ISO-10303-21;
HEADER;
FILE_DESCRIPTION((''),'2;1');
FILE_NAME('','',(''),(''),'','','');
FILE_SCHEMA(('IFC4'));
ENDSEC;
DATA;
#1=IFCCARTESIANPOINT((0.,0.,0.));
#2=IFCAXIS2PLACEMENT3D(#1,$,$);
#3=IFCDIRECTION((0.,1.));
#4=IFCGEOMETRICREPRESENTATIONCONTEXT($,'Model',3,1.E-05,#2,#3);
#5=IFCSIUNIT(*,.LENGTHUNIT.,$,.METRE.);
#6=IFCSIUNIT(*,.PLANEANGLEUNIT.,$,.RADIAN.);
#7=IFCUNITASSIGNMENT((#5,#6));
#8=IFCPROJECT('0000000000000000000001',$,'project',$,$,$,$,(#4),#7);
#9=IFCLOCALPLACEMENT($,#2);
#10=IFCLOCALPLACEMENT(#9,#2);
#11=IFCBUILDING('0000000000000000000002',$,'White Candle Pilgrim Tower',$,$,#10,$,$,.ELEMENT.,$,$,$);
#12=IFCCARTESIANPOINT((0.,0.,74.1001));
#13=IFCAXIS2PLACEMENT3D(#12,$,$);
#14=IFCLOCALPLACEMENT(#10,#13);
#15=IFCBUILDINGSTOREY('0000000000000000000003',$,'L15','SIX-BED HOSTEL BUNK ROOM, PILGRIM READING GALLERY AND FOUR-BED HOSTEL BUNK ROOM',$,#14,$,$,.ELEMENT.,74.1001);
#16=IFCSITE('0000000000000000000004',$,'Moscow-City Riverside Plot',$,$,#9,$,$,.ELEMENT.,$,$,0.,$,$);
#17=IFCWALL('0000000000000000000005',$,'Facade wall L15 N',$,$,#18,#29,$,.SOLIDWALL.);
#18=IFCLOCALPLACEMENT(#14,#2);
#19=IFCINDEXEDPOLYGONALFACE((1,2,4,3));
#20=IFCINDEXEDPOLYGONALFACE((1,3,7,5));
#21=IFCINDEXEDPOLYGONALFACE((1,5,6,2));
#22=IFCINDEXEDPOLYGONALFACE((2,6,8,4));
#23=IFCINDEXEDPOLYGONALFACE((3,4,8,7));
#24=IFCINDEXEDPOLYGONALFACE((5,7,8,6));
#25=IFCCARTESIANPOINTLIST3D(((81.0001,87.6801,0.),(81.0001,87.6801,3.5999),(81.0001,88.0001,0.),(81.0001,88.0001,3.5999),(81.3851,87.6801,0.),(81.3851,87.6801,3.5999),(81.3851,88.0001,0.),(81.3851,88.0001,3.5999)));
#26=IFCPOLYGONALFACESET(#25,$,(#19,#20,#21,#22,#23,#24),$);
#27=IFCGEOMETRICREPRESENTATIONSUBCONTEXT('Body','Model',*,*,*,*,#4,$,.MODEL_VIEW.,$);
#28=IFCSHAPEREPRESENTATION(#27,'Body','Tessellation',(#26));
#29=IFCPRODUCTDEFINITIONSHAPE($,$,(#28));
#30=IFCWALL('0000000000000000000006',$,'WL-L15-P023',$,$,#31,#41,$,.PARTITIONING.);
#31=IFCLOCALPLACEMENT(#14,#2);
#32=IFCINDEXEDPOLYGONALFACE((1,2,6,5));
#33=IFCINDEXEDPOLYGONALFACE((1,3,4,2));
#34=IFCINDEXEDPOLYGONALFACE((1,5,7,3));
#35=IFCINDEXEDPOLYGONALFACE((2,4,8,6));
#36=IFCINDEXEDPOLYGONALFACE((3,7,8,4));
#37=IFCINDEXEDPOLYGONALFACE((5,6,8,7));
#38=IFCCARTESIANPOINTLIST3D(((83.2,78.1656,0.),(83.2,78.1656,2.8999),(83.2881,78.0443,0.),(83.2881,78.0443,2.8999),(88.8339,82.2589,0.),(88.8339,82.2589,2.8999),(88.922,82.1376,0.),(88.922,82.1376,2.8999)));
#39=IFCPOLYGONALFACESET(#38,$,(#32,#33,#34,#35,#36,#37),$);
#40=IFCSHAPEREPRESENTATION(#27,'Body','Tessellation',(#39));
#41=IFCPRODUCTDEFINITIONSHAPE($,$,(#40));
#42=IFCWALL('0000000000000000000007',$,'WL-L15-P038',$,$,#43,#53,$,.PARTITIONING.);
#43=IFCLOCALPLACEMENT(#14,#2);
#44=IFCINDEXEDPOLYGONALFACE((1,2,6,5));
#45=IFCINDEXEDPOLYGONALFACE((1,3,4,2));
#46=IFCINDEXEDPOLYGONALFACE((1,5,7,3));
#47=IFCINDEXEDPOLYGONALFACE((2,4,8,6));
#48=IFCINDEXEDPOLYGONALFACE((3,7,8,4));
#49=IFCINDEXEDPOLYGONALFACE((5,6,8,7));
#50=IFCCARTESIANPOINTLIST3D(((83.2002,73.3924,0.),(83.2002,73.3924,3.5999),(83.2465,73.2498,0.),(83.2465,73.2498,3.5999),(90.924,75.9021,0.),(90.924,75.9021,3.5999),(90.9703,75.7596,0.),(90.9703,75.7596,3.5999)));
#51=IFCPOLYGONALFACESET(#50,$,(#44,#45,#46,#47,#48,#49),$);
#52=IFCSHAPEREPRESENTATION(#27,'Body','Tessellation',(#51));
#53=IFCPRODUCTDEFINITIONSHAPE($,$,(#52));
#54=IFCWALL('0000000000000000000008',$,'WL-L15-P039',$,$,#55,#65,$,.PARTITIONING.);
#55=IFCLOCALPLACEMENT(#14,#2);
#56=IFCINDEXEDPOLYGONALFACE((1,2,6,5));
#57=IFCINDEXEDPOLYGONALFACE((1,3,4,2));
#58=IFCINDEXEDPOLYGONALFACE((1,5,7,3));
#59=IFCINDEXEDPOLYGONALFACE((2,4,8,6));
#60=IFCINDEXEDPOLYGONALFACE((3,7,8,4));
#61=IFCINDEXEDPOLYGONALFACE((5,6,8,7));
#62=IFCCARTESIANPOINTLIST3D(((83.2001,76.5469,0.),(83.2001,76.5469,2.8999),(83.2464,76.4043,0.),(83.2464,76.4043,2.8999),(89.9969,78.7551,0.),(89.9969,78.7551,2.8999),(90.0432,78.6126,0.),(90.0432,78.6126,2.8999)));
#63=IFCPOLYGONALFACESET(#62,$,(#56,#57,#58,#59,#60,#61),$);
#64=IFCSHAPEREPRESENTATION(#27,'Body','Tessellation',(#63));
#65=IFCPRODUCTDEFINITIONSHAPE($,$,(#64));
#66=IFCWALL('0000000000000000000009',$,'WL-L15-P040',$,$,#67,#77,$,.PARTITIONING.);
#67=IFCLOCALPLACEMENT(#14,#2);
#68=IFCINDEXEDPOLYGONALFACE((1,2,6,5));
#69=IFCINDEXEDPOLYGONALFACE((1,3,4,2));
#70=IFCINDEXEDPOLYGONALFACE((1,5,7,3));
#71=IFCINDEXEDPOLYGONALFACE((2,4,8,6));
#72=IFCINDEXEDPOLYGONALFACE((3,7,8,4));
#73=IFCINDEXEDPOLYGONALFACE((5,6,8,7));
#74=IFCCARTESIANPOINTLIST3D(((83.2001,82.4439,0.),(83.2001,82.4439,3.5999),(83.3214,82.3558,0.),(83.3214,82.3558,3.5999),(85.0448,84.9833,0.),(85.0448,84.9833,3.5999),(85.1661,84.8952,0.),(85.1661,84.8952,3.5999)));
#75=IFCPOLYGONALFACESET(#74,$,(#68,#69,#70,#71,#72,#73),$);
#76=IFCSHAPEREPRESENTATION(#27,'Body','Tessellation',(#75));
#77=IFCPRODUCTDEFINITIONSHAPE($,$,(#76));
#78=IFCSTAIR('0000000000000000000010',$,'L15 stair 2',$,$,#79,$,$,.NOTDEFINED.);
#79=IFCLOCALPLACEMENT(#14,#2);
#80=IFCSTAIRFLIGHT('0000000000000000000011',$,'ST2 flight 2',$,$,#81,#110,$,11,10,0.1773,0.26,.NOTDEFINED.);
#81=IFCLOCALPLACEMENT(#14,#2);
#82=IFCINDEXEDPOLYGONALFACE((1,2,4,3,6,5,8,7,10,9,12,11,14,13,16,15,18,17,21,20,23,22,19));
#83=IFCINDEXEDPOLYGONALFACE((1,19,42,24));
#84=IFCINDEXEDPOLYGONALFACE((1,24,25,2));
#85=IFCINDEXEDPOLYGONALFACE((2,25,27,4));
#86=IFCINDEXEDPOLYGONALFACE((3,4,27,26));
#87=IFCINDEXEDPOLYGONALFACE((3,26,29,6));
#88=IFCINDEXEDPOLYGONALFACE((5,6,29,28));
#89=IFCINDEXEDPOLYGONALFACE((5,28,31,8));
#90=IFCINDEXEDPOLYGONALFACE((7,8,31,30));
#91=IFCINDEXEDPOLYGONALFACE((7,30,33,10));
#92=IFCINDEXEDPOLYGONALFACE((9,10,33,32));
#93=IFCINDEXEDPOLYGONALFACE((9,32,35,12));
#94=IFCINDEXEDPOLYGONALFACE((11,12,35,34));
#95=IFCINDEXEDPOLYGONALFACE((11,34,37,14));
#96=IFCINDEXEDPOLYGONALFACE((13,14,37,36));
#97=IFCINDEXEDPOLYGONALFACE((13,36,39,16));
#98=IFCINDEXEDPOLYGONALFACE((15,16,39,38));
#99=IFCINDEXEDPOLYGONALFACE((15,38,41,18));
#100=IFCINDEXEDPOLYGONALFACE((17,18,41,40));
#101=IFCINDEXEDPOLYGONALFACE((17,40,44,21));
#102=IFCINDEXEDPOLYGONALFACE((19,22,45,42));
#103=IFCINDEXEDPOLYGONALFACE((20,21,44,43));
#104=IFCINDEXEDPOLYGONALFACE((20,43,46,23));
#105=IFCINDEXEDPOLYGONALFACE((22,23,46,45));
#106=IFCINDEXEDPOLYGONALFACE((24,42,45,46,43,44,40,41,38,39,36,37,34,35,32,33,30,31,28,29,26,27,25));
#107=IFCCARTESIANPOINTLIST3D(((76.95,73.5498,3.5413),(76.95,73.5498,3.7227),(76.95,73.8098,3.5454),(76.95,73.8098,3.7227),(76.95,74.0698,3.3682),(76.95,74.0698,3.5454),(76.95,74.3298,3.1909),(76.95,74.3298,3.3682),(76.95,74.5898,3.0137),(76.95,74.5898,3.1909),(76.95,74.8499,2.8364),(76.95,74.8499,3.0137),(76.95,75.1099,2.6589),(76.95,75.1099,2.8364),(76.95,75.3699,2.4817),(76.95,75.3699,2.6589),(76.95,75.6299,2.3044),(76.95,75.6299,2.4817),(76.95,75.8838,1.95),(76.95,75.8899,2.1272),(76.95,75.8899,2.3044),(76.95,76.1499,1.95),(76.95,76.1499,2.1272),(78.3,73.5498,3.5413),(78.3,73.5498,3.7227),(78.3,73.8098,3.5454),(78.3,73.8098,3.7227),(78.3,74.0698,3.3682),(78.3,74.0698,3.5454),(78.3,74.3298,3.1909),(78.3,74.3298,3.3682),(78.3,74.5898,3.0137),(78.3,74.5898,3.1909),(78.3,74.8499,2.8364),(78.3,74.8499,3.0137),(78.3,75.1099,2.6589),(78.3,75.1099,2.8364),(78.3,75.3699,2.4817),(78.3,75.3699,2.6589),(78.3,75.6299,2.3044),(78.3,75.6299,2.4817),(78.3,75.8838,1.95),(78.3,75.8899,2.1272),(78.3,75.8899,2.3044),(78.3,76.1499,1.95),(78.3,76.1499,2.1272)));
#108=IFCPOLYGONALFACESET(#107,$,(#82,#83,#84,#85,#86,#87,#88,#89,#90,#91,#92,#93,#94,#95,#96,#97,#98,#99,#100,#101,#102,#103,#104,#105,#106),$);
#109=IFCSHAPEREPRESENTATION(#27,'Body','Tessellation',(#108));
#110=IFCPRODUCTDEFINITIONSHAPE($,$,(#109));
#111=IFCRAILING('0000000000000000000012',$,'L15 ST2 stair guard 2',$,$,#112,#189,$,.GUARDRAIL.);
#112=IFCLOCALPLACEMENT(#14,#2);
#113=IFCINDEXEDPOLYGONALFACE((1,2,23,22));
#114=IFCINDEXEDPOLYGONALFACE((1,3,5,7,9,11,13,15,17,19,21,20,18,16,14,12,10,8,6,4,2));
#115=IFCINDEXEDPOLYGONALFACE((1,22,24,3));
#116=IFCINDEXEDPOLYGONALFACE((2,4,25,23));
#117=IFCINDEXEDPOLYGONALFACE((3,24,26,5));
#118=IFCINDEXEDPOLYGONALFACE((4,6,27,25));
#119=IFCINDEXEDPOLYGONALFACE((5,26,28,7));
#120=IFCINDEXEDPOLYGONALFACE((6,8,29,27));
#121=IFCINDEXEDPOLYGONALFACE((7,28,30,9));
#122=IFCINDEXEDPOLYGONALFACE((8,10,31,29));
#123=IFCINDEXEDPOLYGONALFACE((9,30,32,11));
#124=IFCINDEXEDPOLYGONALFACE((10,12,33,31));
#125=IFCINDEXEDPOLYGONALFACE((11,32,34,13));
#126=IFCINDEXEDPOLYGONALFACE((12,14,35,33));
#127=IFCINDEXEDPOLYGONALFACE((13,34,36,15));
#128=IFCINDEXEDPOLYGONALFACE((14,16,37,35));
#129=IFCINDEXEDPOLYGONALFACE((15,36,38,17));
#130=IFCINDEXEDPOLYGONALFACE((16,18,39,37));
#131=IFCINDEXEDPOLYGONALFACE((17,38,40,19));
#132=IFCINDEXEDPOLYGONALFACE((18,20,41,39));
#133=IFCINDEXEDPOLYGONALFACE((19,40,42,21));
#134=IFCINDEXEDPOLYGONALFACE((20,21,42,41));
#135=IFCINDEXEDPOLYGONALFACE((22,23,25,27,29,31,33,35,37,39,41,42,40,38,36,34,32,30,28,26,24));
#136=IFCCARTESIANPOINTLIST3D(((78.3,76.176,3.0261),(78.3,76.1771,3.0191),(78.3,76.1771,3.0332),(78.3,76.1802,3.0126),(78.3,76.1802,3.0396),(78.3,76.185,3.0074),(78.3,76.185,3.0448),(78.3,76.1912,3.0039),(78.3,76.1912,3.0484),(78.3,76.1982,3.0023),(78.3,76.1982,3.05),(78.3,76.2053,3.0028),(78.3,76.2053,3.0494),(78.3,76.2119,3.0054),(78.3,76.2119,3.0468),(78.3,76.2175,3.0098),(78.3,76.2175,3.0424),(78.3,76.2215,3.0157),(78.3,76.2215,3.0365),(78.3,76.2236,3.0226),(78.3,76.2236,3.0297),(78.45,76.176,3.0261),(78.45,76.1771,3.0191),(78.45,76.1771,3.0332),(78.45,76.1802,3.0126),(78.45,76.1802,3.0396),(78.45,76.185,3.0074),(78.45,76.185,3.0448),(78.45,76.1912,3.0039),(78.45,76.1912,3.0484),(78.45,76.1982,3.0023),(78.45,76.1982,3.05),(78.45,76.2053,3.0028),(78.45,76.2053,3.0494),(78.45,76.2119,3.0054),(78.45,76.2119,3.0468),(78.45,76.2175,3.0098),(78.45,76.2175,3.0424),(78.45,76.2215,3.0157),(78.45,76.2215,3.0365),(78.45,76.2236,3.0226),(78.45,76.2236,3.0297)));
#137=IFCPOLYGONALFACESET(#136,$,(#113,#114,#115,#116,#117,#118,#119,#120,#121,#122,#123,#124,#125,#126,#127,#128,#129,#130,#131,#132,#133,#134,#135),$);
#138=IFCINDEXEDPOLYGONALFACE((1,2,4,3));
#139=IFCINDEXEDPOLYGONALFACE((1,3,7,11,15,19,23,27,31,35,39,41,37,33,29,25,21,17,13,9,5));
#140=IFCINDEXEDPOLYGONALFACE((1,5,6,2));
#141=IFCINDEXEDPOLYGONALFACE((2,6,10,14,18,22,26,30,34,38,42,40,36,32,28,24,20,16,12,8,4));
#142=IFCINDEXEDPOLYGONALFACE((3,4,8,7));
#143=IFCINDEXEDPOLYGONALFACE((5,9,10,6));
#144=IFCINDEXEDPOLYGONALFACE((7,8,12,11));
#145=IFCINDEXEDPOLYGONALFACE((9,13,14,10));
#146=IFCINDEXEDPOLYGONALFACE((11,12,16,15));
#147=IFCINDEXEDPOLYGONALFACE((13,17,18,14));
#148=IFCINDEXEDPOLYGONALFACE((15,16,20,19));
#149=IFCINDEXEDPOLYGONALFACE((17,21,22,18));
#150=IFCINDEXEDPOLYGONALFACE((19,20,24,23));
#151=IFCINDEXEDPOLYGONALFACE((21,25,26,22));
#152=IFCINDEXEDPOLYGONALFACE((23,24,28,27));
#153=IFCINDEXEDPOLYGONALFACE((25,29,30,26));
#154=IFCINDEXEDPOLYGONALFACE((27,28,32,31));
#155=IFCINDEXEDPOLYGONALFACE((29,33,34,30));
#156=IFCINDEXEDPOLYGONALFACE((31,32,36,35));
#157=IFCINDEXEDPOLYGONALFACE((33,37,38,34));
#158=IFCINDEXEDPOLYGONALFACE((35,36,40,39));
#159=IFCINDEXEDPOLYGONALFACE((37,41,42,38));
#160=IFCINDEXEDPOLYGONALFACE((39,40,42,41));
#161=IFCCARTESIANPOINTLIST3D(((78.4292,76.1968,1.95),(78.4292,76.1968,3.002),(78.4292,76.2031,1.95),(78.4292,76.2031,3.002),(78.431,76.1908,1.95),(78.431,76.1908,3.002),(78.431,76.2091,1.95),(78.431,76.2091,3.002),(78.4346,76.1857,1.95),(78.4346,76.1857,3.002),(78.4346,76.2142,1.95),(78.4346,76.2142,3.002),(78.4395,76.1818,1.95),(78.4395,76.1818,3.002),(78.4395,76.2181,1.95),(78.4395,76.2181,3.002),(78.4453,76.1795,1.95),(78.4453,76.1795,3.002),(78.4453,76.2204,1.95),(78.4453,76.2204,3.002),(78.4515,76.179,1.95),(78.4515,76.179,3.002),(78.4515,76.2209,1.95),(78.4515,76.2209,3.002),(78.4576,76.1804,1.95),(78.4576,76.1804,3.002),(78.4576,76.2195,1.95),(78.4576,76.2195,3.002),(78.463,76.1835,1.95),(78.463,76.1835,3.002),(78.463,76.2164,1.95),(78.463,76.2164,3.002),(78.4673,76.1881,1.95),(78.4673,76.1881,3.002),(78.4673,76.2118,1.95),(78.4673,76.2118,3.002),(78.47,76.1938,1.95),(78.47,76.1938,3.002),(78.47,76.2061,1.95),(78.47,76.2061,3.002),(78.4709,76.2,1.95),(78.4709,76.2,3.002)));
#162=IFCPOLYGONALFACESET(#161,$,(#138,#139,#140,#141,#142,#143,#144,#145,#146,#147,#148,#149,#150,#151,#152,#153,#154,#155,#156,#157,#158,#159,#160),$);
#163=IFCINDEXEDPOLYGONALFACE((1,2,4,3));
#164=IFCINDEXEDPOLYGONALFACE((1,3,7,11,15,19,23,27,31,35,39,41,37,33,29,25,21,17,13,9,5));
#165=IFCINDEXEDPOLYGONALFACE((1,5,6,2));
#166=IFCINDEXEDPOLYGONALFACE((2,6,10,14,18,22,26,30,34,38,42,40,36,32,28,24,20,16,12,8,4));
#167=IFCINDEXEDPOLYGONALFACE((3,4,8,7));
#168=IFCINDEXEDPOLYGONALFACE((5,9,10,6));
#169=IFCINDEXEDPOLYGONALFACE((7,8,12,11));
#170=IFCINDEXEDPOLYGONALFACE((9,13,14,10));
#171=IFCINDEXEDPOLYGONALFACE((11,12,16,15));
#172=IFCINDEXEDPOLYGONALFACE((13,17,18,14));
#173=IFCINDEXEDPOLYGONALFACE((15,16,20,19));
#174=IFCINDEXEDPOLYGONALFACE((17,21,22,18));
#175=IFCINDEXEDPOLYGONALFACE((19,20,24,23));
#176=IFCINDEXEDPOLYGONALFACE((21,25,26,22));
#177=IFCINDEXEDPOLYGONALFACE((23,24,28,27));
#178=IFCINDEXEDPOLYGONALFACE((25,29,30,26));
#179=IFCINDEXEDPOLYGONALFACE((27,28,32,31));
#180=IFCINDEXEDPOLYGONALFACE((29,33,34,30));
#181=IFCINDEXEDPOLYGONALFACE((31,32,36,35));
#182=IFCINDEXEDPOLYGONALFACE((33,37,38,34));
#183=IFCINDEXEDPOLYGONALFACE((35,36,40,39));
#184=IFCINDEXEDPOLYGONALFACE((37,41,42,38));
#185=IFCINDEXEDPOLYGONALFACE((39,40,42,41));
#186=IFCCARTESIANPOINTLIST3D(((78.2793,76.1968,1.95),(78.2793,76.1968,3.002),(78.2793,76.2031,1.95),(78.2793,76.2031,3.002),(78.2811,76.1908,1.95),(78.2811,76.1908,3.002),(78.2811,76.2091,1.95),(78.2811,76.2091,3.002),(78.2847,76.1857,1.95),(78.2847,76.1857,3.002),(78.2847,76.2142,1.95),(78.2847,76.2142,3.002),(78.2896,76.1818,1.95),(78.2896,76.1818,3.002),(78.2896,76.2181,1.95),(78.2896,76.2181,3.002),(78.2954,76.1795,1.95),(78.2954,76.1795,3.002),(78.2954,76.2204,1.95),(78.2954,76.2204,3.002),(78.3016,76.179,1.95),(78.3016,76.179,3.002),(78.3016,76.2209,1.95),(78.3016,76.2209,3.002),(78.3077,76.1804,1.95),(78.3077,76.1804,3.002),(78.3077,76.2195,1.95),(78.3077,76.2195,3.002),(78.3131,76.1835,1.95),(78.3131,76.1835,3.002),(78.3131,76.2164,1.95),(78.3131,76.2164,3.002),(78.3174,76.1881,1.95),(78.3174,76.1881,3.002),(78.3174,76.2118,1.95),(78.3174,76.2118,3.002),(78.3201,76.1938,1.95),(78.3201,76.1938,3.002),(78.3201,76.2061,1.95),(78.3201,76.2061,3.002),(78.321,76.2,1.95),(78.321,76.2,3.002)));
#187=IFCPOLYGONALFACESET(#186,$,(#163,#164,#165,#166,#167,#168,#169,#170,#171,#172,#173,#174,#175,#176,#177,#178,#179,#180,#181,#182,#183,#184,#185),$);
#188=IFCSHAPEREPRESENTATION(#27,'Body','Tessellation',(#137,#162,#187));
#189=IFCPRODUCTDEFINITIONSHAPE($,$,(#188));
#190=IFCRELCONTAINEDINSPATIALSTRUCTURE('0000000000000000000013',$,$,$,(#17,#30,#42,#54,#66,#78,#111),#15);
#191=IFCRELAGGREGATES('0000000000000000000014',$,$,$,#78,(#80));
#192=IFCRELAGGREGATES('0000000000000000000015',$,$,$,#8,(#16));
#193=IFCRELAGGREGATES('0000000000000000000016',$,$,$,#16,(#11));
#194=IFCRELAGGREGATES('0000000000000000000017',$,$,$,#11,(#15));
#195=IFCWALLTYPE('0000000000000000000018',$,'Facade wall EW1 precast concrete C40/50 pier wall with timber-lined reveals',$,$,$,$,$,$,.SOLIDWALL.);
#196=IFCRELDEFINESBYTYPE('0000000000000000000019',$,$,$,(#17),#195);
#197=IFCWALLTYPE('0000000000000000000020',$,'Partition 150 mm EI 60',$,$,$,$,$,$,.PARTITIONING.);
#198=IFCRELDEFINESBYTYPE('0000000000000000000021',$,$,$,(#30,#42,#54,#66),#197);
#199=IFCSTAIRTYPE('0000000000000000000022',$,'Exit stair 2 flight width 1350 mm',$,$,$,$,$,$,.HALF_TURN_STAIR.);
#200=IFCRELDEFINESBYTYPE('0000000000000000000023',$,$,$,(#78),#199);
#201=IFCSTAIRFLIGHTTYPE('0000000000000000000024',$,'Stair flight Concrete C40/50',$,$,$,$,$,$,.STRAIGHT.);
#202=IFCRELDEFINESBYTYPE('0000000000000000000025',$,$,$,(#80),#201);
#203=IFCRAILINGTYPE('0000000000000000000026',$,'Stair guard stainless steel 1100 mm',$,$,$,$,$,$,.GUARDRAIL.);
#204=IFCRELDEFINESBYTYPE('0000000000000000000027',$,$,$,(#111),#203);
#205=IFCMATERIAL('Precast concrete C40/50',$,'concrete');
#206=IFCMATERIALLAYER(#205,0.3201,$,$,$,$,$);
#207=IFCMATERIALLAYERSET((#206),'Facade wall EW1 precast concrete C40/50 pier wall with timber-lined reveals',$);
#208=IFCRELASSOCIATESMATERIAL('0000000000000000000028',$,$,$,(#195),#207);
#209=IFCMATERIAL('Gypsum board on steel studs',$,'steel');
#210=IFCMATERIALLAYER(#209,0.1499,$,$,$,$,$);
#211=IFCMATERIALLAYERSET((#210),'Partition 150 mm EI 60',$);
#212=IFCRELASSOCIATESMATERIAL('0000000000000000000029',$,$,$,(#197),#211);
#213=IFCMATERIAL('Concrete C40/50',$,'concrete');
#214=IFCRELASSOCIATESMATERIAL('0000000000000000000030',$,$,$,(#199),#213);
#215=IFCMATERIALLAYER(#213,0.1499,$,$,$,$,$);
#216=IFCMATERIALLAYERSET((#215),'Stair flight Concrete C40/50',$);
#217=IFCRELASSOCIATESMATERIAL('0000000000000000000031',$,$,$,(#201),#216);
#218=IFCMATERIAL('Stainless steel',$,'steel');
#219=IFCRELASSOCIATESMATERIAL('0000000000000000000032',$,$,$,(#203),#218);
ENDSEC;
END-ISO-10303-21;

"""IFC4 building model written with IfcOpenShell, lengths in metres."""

from ifc_helpers import new_model, si_unit, direction, frame, frame_2d, origin, origin_2d, place, context, subcontext, project, spatial, polyline, rectangle, circle, outline, extrude, material, layer, layer_set, type_object, element, aggregate, save


model = new_model("IFC4")

# Units and contexts
model_context = context("Model", 3, precision=1e-05, world=origin(), true_north=direction((0.0, 1.0)))
body_context = subcontext(model_context, "Body", "Model", "MODEL_VIEW")
ifc_project = project(units=[si_unit("LENGTHUNIT", "METRE"), si_unit("PLANEANGLEUNIT", "RADIAN")], contexts=[model_context])

# Site, building, storey
site_placement = place(None, origin())
site = spatial("IfcSite", under=ifc_project, at=site_placement, Name="Moscow-City Riverside Plot", CompositionType="ELEMENT", RefElevation=0.0)
building_placement = place(site_placement, origin())
building = spatial("IfcBuilding", under=site, at=building_placement, Name="White Candle Pilgrim Tower", CompositionType="ELEMENT")
storey_placement = place(building_placement, frame((0.0, 0.0, 74.1001)))
storey = spatial("IfcBuildingStorey", under=building, at=storey_placement, Name="L15", Description="SIX-BED HOSTEL BUNK ROOM, PILGRIM READING GALLERY AND FOUR-BED HOSTEL BUNK ROOM", CompositionType="ELEMENT", Elevation=74.1001)

# Shared definitions
ifc_material_1 = material(Name="Gypsum board on steel studs", Category="steel")

# Shared definitions
ifc_material_2 = material(Name="Precast concrete C40/50", Category="concrete")
ifc_layer_1 = layer(ifc_material_2, 0.3201)
ifc_layer_set_1 = layer_set([ifc_layer_1], Name="Facade wall EW1 precast concrete C40/50 pier wall with timber-lined reveals")
wall_type_1 = type_object("IfcWallType", Name="Facade wall EW1 precast concrete C40/50 pier wall with timber-lined reveals", PredefinedType="SOLIDWALL", material=ifc_layer_set_1)

# Walls
wall_1_placement = place(storey_placement, frame((81.385, 87.8401, 0.0), z_axis=(0.0, 0.0, 1.0), x_axis=(-1.0, 0.0, 0.0)))
element("IfcWall", 1, at=wall_1_placement, inside=storey, type_object=wall_type_1, Name="Facade wall L15 N", PredefinedType="SOLIDWALL", context=body_context, shape_type="SweptSolid", body=[
    extrude(rectangle(XDim=0.385, YDim=0.3201, at=frame_2d((0.1924, 0.0))), origin(), (0.0, 0.0, 1.0), 3.5999),
])
ifc_layer_2 = layer(ifc_material_1, 0.1499)
ifc_layer_set_2 = layer_set([ifc_layer_2], Name="Partition 150 mm EI 60")
wall_type_2 = type_object("IfcWallType", Name="Partition 150 mm EI 60", PredefinedType="PARTITIONING", material=ifc_layer_set_2)
wall_2_placement = place(storey_placement, frame((88.8779, 82.1982, 0.0), z_axis=(0.0, 0.0, 1.0), x_axis=(-0.809012, -0.587792, 0.0)))
element("IfcWall", 2, at=wall_2_placement, inside=storey, type_object=wall_type_2, Name="WL-L15-P023", PredefinedType="PARTITIONING", context=body_context, shape_type="SweptSolid", body=[
    extrude(rectangle(XDim=6.9639, YDim=0.1499, at=frame_2d((3.4819, 0.0))), origin(), (0.0, 0.0, 1.0), 2.8999),
])
wall_3_placement = place(storey_placement, frame((90.947, 75.8308, 0.0), z_axis=(0.0, 0.0, 1.0), x_axis=(-0.951052, -0.309031, 0.0)))
element("IfcWall", 3, at=wall_3_placement, inside=storey, type_object=wall_type_2, Name="WL-L15-P038", PredefinedType="PARTITIONING", context=body_context, shape_type="SweptSolid", body=[
    extrude(rectangle(XDim=8.1213, YDim=0.1499, at=frame_2d((4.0605, 0.0))), origin(), (0.0, 0.0, 1.0), 3.5999),
])
wall_4_placement = place(storey_placement, frame((90.02, 78.6838, 0.0), z_axis=(0.0, 0.0, 1.0), x_axis=(-0.951064, -0.308993, 0.0)))
element("IfcWall", 4, at=wall_4_placement, inside=storey, type_object=wall_type_2, Name="WL-L15-P039", PredefinedType="PARTITIONING", context=body_context, shape_type="SweptSolid", body=[
    extrude(rectangle(XDim=7.1465, YDim=0.1499, at=frame_2d((3.5732, 0.0))), origin(), (0.0, 0.0, 1.0), 2.8999),
])
wall_5_placement = place(storey_placement, frame((85.1055, 84.9392, 0.0), z_axis=(0.0, 0.0, 1.0), x_axis=(-0.587746, -0.809045, 0.0)))
element("IfcWall", 5, at=wall_5_placement, inside=storey, type_object=wall_type_2, Name="WL-L15-P040", PredefinedType="PARTITIONING", context=body_context, shape_type="SweptSolid", body=[
    extrude(rectangle(XDim=3.1387, YDim=0.1499, at=frame_2d((1.5693, 0.0))), origin(), (0.0, 0.0, 1.0), 3.5999),
])

# Stair, stair flight
ifc_material_3 = material(Name="Concrete C40/50", Category="concrete")
stair_type = type_object("IfcStairType", Name="Exit stair 2 flight width 1350 mm", PredefinedType="HALF_TURN_STAIR", material=ifc_material_3)
stair_placement = place(storey_placement, origin())
stair = element("IfcStair", 6, at=stair_placement, inside=storey, type_object=stair_type, Name="L15 stair 2", PredefinedType="NOTDEFINED")
ifc_layer_3 = layer(ifc_material_3, 0.1499)
ifc_layer_set_3 = layer_set([ifc_layer_3], Name="Stair flight Concrete C40/50")
stair_flight_type = type_object("IfcStairFlightType", Name="Stair flight Concrete C40/50", PredefinedType="STRAIGHT", material=ifc_layer_set_3)
stair_flight_placement = place(storey_placement, frame((77.625, 76.1499, 1.95), z_axis=(0.0, 0.0, 1.0), x_axis=(0.0, -1.0, 0.0)))
stair_flight = element("IfcStairFlight", 7, at=stair_flight_placement, type_object=stair_flight_type, Name="ST2 flight 2", NumberOfRisers=11, NumberOfTreads=10, PredefinedType="NOTDEFINED", RiserHeight=0.1773, TreadLength=0.26, context=body_context, shape_type="SweptSolid", body=[
    extrude(outline(polyline([(0.0, 0.0), (0.0, 0.1772), (0.26, 0.1772), (0.26, 0.3545), (0.52, 0.3545), (0.52, 0.5317), (0.78, 0.5317), (0.78, 0.709), (1.04, 0.709), (1.04, 0.8865), (1.3, 0.8865), (1.3, 1.0637), (1.5601, 1.0637), (1.5601, 1.241), (1.8201, 1.241), (1.8201, 1.4182), (2.0801, 1.4182), (2.0801, 1.5955), (2.3401, 1.5955), (2.3401, 1.7727), (2.6001, 1.7727), (2.6001, 1.95), (2.6001, 1.5913), (0.2661, 0.0), (0.0, 0.0)])), frame((0.0, 0.675, 0.0), z_axis=(0.0, -1.0, 0.0), x_axis=(1.0, 0.0, 0.0)), (0.0, 0.0, 1.0), 1.3501),
])
aggregate(stair, [stair_flight])

# Railing
ifc_material_4 = material(Name="Stainless steel", Category="steel")
railing_type = type_object("IfcRailingType", Name="Stair guard stainless steel 1100 mm", PredefinedType="GUARDRAIL", material=ifc_material_4)
railing_1_placement = place(storey_placement, frame((78.45, 76.2, 1.95)))
element("IfcRailing", 8, at=railing_1_placement, inside=storey, type_object=railing_type, Name="L15 ST2 stair guard 2", PredefinedType="GUARDRAIL", context=body_context, shape_type="SweptSolid", body=[
    extrude(circle(Radius=0.0239, at=origin_2d()), frame((0.0, 0.0, 1.0762), z_axis=(-1.0, 0.0, 0.0), x_axis=(0.0, -1.0, 0.0)), (0.0, 0.0, 1.0), 0.1499),
    extrude(circle(Radius=0.021, at=origin_2d()), origin(), (0.0, 0.0, 1.0), 1.052),
    extrude(circle(Radius=0.021, at=origin_2d()), frame((-0.1499, 0.0, 0.0)), (0.0, 0.0, 1.0), 1.052),
])

save(model, "model.ifc")
